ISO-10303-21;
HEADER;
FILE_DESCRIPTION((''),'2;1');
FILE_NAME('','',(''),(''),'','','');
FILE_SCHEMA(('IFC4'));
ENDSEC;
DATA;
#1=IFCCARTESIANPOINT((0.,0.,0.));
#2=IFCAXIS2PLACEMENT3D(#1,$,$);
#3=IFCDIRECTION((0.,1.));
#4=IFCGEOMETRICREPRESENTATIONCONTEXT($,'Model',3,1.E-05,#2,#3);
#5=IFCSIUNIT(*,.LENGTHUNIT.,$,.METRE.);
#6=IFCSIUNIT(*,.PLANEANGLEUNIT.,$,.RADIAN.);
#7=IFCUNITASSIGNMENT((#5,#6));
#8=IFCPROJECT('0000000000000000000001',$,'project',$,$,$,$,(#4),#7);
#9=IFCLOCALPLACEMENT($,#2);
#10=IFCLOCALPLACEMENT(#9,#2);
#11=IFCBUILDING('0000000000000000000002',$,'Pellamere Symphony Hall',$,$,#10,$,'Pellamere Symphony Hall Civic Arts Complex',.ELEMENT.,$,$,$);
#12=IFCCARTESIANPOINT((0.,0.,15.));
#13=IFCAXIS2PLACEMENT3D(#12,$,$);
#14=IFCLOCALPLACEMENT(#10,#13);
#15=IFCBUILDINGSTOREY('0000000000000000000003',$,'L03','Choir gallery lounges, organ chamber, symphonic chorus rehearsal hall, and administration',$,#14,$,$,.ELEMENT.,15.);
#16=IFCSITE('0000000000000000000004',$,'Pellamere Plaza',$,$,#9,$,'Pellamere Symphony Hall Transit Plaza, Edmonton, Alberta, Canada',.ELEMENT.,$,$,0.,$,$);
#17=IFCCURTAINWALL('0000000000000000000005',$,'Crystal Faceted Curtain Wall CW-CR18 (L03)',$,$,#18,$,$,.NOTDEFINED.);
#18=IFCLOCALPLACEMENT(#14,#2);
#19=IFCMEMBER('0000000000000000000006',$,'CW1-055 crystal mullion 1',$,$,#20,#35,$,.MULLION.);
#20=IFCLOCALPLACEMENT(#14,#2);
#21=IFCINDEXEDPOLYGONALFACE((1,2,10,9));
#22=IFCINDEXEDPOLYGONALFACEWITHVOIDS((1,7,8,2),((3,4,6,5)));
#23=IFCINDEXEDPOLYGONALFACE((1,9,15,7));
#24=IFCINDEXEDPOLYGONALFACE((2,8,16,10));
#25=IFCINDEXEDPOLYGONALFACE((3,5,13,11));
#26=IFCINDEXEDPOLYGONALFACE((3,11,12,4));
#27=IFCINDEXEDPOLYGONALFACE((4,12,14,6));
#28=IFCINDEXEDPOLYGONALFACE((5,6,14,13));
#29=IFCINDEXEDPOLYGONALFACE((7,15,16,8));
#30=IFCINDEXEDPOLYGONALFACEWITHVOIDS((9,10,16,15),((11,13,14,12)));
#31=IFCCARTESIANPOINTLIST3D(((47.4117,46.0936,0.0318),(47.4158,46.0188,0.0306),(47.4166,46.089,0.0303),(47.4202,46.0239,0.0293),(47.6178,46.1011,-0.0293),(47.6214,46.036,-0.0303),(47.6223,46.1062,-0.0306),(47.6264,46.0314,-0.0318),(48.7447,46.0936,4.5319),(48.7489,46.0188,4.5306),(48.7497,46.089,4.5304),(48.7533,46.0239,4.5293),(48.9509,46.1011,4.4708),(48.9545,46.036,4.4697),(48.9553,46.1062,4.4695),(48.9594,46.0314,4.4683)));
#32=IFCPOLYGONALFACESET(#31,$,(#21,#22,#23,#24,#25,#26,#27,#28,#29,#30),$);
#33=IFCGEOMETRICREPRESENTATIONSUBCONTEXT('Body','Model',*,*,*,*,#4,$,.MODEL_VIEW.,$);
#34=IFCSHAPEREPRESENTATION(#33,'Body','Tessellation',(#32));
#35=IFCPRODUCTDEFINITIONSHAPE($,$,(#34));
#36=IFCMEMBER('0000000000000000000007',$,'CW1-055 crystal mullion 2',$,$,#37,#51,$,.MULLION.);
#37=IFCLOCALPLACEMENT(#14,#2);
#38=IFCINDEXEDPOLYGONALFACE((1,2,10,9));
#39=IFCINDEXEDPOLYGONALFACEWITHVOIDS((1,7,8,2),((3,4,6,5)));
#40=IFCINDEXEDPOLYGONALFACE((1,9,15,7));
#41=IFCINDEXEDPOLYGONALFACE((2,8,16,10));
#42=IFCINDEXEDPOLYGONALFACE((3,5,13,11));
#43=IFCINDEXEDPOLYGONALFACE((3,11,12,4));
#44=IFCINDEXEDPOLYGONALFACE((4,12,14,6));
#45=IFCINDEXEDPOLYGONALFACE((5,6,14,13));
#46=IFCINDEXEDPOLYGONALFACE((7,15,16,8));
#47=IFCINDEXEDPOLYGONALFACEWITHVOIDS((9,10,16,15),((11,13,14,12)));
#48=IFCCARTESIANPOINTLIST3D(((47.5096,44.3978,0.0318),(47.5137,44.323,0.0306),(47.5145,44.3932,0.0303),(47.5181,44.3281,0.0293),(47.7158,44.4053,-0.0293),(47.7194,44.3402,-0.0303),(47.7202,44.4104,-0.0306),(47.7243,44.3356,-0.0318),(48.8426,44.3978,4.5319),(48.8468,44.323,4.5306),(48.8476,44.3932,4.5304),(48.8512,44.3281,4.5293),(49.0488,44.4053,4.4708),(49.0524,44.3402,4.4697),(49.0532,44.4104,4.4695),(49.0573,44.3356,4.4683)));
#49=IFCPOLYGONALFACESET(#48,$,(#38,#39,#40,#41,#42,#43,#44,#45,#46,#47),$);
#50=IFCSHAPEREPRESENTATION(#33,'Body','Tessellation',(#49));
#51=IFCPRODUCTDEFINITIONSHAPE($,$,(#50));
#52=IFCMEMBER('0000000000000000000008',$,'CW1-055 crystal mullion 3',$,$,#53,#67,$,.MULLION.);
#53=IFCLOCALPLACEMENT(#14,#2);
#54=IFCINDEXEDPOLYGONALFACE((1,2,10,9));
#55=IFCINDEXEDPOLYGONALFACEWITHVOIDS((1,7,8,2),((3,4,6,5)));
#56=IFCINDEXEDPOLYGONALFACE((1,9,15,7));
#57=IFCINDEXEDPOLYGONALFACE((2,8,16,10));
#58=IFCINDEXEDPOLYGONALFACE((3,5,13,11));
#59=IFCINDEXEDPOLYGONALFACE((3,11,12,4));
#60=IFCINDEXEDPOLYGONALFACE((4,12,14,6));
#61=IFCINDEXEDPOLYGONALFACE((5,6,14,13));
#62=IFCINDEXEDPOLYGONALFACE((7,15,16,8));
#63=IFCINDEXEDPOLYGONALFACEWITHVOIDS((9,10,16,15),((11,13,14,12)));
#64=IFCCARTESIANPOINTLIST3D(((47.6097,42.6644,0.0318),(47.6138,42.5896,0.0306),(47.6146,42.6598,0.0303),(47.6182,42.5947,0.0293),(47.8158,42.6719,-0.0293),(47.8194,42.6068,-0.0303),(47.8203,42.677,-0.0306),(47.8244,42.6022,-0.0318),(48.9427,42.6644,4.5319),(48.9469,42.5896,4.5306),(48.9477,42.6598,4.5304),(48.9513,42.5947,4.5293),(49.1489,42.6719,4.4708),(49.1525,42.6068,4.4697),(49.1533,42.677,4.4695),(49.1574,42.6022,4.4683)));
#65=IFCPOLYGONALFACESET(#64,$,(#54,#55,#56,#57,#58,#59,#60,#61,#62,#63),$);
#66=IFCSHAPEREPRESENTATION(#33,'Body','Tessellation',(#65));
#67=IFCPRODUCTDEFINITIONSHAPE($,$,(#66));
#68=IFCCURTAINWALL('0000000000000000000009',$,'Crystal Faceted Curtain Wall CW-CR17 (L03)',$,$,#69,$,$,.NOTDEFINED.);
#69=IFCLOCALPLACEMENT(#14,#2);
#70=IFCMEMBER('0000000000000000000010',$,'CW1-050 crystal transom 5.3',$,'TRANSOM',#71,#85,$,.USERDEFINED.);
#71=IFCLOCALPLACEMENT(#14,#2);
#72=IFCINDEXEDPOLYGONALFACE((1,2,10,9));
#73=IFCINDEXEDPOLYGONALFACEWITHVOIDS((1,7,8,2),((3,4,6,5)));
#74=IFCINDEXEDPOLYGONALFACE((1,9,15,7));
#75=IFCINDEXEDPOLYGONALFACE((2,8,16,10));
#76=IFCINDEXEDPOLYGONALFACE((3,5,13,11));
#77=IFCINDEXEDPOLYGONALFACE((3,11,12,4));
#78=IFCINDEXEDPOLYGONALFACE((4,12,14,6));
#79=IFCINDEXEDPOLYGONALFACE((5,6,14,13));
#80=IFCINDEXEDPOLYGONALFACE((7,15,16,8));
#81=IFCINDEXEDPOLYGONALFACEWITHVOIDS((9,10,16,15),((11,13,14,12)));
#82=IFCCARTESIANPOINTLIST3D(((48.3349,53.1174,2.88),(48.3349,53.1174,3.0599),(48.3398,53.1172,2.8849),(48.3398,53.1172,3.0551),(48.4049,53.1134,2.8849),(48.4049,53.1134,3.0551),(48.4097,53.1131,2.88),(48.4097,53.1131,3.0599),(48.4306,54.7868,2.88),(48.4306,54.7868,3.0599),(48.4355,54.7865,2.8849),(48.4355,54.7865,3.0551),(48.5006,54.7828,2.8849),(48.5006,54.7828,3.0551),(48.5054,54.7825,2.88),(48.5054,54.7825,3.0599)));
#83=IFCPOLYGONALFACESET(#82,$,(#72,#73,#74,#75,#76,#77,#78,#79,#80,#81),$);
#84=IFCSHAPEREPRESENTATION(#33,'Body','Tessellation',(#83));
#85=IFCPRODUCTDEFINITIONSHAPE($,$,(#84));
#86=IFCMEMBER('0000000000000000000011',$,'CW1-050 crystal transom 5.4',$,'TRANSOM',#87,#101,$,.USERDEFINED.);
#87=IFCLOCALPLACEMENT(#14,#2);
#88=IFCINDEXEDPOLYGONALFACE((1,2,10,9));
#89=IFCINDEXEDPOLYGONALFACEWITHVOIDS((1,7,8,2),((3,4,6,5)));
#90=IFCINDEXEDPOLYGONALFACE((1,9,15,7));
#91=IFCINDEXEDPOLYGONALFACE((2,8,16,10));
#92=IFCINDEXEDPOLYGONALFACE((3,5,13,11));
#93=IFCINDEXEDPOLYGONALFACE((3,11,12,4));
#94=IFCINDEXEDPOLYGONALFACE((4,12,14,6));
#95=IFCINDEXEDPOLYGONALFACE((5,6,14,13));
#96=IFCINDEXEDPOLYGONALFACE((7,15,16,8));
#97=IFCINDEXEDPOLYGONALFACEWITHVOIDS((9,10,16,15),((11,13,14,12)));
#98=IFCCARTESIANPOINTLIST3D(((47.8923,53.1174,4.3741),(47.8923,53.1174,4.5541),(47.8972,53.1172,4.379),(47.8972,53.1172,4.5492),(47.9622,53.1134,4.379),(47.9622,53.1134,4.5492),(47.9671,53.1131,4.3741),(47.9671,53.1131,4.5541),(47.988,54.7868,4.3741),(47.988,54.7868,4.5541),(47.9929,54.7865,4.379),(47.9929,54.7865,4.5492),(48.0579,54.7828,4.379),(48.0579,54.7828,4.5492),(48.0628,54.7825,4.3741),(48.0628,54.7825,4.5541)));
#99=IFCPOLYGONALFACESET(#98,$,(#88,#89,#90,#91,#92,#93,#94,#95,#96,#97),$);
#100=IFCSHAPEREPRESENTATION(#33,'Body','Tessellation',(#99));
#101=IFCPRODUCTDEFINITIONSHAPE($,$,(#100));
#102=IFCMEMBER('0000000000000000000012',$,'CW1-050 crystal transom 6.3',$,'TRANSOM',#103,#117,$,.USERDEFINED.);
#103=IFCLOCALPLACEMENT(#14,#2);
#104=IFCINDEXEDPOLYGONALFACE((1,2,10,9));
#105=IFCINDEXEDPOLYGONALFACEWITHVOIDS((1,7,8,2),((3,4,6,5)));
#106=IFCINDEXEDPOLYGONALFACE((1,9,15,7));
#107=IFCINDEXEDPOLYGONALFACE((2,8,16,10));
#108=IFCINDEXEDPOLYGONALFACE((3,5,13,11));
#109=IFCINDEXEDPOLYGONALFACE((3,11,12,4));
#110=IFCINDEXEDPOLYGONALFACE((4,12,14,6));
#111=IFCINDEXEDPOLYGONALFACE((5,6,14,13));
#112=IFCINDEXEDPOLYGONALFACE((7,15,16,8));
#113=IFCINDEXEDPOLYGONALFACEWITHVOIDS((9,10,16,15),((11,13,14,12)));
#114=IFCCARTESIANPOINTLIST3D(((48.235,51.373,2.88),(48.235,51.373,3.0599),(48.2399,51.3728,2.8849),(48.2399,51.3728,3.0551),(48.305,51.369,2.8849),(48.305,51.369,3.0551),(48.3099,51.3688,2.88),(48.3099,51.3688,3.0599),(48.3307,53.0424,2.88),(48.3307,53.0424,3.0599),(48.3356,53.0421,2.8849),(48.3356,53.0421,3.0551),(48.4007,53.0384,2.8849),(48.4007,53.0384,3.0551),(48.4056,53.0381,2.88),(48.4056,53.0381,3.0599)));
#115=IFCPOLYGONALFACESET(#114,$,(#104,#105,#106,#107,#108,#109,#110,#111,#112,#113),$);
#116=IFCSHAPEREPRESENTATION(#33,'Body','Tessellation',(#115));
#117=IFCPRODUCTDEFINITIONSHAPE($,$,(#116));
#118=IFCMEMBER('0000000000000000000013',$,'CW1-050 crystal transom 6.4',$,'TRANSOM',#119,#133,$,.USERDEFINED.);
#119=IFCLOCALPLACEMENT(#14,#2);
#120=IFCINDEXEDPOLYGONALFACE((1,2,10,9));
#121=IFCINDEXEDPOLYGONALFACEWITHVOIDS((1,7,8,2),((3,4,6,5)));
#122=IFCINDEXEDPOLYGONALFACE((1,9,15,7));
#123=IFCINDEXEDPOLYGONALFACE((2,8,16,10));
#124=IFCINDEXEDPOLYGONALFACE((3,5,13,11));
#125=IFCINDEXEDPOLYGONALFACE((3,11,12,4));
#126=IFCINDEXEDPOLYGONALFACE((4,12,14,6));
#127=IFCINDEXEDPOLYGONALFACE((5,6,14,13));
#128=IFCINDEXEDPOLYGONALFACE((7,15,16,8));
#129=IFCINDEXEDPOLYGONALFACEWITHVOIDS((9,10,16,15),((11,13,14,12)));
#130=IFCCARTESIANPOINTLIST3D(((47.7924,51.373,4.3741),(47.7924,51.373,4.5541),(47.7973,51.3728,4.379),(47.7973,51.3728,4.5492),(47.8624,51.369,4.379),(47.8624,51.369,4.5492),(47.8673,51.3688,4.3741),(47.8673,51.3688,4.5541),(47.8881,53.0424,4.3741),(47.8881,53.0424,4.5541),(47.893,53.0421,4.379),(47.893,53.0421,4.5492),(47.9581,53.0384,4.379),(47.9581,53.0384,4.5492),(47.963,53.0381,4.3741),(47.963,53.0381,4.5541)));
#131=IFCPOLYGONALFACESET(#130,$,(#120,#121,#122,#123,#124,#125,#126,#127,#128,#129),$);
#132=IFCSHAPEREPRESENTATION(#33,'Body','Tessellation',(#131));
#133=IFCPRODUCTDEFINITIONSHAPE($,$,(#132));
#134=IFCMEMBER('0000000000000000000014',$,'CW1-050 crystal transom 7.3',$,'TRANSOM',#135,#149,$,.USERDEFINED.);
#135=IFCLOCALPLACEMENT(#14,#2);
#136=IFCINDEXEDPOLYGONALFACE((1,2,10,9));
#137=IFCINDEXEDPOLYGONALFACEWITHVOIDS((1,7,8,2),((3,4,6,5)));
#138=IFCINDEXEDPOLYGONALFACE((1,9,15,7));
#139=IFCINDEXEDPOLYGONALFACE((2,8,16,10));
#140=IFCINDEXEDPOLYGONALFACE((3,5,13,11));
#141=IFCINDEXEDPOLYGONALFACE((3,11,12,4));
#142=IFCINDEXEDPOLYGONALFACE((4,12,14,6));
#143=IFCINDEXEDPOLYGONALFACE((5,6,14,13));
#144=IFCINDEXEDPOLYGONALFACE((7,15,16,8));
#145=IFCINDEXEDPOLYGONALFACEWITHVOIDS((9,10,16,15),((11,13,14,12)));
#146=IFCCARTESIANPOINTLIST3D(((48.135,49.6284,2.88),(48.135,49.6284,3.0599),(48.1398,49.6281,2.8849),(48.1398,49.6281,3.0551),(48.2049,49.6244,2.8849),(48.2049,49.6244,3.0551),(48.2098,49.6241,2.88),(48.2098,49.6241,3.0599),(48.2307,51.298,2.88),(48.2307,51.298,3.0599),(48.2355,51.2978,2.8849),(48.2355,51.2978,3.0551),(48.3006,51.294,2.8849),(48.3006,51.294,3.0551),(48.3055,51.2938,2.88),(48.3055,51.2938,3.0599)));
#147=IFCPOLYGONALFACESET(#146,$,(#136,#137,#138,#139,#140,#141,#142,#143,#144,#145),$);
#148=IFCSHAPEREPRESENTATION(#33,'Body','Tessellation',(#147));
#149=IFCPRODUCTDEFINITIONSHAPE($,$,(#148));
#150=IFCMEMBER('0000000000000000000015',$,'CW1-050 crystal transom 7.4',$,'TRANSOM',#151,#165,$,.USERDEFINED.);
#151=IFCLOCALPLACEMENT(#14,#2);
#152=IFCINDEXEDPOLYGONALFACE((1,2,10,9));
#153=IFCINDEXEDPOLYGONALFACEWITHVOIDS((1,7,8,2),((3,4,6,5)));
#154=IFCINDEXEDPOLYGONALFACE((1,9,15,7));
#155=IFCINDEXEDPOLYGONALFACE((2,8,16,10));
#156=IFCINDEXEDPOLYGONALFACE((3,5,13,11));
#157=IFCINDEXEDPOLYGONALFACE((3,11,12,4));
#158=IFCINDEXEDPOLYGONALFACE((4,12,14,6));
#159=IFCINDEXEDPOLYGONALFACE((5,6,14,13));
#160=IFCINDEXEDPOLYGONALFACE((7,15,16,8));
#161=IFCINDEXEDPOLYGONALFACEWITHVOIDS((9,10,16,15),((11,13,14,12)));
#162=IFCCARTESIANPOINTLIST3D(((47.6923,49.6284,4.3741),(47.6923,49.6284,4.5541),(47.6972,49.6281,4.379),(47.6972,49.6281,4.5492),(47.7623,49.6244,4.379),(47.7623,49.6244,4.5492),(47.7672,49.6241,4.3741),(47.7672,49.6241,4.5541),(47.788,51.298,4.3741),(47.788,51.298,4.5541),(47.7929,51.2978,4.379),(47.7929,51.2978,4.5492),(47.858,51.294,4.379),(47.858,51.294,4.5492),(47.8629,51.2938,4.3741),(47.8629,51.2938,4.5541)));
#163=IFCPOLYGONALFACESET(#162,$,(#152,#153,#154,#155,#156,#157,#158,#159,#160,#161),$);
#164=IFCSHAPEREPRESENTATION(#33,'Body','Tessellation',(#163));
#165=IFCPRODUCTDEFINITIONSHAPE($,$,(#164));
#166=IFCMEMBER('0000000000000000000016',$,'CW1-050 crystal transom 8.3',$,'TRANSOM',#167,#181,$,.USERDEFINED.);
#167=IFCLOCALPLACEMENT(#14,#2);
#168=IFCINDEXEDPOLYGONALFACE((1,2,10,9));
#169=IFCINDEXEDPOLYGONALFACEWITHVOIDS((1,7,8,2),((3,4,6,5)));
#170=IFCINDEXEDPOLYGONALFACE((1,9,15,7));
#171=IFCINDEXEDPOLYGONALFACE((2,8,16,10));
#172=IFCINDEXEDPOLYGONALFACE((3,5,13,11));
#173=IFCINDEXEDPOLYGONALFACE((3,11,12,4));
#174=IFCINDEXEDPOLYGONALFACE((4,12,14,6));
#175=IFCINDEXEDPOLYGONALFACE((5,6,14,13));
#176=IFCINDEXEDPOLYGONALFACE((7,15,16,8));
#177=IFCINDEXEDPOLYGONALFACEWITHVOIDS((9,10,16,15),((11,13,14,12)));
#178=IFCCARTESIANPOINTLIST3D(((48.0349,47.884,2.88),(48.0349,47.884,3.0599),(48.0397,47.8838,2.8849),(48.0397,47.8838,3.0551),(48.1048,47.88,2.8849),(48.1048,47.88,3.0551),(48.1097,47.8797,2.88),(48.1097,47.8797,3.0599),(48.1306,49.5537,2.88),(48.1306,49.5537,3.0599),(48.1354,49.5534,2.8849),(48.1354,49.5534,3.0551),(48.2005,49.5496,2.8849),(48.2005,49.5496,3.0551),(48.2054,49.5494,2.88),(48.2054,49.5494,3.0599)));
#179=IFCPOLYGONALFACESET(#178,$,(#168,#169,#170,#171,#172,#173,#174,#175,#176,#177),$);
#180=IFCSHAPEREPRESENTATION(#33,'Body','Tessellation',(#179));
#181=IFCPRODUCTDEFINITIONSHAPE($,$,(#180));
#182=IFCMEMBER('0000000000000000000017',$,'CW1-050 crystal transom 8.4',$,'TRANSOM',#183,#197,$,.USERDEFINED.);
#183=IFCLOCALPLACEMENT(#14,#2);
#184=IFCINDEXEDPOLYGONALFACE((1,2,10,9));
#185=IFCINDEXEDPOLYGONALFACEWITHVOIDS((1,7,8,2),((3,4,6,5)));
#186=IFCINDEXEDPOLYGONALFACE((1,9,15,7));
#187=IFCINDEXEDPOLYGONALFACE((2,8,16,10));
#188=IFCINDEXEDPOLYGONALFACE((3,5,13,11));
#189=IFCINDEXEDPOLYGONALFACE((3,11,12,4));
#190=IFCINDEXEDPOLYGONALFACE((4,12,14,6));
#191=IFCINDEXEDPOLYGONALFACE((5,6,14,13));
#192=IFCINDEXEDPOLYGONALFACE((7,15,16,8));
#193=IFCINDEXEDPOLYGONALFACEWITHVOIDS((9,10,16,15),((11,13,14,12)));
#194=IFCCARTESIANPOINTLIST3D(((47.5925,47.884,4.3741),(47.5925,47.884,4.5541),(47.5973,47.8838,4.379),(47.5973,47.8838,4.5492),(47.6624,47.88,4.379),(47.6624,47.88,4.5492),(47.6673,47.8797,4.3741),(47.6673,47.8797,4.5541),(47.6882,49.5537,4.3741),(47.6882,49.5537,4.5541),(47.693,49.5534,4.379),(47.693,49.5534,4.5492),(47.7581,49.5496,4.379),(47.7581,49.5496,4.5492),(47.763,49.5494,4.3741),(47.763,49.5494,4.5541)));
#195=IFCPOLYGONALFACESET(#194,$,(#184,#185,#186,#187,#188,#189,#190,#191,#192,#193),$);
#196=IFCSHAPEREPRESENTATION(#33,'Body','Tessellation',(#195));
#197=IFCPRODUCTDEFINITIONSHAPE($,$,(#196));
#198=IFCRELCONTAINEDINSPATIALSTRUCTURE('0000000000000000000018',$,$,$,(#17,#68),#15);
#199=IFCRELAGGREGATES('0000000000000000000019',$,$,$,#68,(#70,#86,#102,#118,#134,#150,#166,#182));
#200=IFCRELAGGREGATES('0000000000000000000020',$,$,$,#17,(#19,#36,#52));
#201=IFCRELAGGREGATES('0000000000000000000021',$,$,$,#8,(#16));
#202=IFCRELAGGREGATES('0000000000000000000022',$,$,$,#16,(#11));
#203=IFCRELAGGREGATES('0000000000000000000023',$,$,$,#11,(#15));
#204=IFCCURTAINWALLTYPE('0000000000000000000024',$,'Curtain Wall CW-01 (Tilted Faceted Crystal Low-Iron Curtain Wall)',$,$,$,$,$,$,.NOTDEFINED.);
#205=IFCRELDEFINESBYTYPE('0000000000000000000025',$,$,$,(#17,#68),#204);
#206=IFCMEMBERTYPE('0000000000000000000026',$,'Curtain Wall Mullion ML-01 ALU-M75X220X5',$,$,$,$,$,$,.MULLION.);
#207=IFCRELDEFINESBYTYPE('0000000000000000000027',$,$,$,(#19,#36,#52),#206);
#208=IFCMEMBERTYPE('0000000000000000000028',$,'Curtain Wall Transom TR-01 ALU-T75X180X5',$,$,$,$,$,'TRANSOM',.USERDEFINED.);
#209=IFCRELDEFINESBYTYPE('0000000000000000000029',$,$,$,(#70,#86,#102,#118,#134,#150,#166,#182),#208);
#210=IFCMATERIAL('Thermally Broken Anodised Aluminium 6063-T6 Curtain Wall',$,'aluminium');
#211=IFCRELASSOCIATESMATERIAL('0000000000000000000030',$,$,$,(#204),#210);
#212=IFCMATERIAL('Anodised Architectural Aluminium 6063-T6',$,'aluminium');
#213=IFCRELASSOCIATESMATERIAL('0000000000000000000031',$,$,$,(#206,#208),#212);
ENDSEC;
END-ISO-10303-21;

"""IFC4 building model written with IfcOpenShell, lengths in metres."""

from ifc_helpers import new_model, si_unit, direction, frame, origin, origin_2d, place, context, subcontext, project, spatial, hollow_rectangle, extrude, material, material_profile, profile_set, type_object, element, aggregate, save


model = new_model("IFC4")

# Units and contexts
model_context = context("Model", 3, precision=1e-05, world=origin(), true_north=direction((0.0, 1.0)))
body_context = subcontext(model_context, "Body", "Model", "MODEL_VIEW")
ifc_project = project(units=[si_unit("LENGTHUNIT", "METRE"), si_unit("PLANEANGLEUNIT", "RADIAN")], contexts=[model_context])

# Site, building, storey
site_placement = place(None, origin())
site = spatial("IfcSite", under=ifc_project, at=site_placement, Name="Pellamere Plaza", LongName="Pellamere Symphony Hall Transit Plaza, Edmonton, Alberta, Canada", CompositionType="ELEMENT", RefElevation=0.0)
building_placement = place(site_placement, origin())
building = spatial("IfcBuilding", under=site, at=building_placement, Name="Pellamere Symphony Hall", LongName="Pellamere Symphony Hall Civic Arts Complex", CompositionType="ELEMENT")
storey_placement = place(building_placement, frame((0.0, 0.0, 15.0)))
storey = spatial("IfcBuildingStorey", under=building, at=storey_placement, Name="L03", Description="Choir gallery lounges, organ chamber, symphonic chorus rehearsal hall, and administration", CompositionType="ELEMENT", Elevation=15.0)

# Curtain walls, members
ifc_material_1 = material(Name="Thermally Broken Anodised Aluminium 6063-T6 Curtain Wall", Category="aluminium")
curtain_wall_type = type_object("IfcCurtainWallType", Name="Curtain Wall CW-01 (Tilted Faceted Crystal Low-Iron Curtain Wall)", PredefinedType="NOTDEFINED", material=ifc_material_1)
curtain_wall_1_placement = place(storey_placement, origin())
curtain_wall_1 = element("IfcCurtainWall", 1, at=curtain_wall_1_placement, inside=storey, type_object=curtain_wall_type, Name="Crystal Faceted Curtain Wall CW-CR18 (L03)", PredefinedType="NOTDEFINED")
ifc_material_2 = material(Name="Anodised Architectural Aluminium 6063-T6", Category="aluminium")
ifc_material_profile_1 = material_profile(ifc_material_2, hollow_rectangle(XDim=0.075, YDim=0.22, WallThickness=0.0049, at=origin_2d()), Name="ALU-M75X220X5")
ifc_profile_set_1 = profile_set([ifc_material_profile_1], Name="Anodised Architectural Aluminium 6063-T6")
member_type_1 = type_object("IfcMemberType", Name="Curtain Wall Mullion ML-01 ALU-M75X220X5", PredefinedType="MULLION", material=ifc_profile_set_1)
member_1_placement = place(storey_placement, frame((47.519, 46.0625, 0.0), z_axis=(0.284025, 0.0, 0.958817), x_axis=(-0.055225, 0.99834, 0.016359)))
member_1 = element("IfcMember", 2, at=member_1_placement, type_object=member_type_1, Name="CW1-055 crystal mullion 1", PredefinedType="MULLION", context=body_context, shape_type="SweptSolid", body=[
    extrude(hollow_rectangle(XDim=0.075, YDim=0.22, WallThickness=0.0049, at=origin_2d()), origin(), (0.0, 0.0, 1.0), 4.6934),
])
member_2_placement = place(storey_placement, frame((47.6169, 44.3667, 0.0), z_axis=(0.284025, 0.0, 0.958817), x_axis=(-0.055225, 0.99834, 0.016359)))
member_2 = element("IfcMember", 3, at=member_2_placement, type_object=member_type_1, Name="CW1-055 crystal mullion 2", PredefinedType="MULLION", context=body_context, shape_type="SweptSolid", body=[
    extrude(hollow_rectangle(XDim=0.075, YDim=0.22, WallThickness=0.0049, at=origin_2d()), origin(), (0.0, 0.0, 1.0), 4.6934),
])
member_3_placement = place(storey_placement, frame((47.717, 42.6333, 0.0), z_axis=(0.284025, 0.0, 0.958817), x_axis=(-0.055225, 0.99834, 0.016359)))
member_3 = element("IfcMember", 4, at=member_3_placement, type_object=member_type_1, Name="CW1-055 crystal mullion 3", PredefinedType="MULLION", context=body_context, shape_type="SweptSolid", body=[
    extrude(hollow_rectangle(XDim=0.075, YDim=0.22, WallThickness=0.0049, at=origin_2d()), origin(), (0.0, 0.0, 1.0), 4.6934),
])
curtain_wall_2_placement = place(storey_placement, origin())
curtain_wall_2 = element("IfcCurtainWall", 5, at=curtain_wall_2_placement, inside=storey, type_object=curtain_wall_type, Name="Crystal Faceted Curtain Wall CW-CR17 (L03)", PredefinedType="NOTDEFINED")
ifc_material_profile_2 = material_profile(ifc_material_2, hollow_rectangle(XDim=0.075, YDim=0.1799, WallThickness=0.0049, at=origin_2d()), Name="ALU-T75X180X5")
ifc_profile_set_2 = profile_set([ifc_material_profile_2], Name="Anodised Architectural Aluminium 6063-T6")
member_type_2 = type_object("IfcMemberType", Name="Curtain Wall Transom TR-01 ALU-T75X180X5", ElementType="TRANSOM", PredefinedType="USERDEFINED", material=ifc_profile_set_2)
member_4_placement = place(storey_placement, frame((48.468, 54.7847, 2.97), z_axis=(-0.057233, -0.998361, 0.0), x_axis=(0.998361, -0.057233, 0.0)))
member_4 = element("IfcMember", 6, at=member_4_placement, type_object=member_type_2, Name="CW1-050 crystal transom 5.3", ObjectType="TRANSOM", PredefinedType="USERDEFINED", context=body_context, shape_type="SweptSolid", body=[
    extrude(hollow_rectangle(XDim=0.075, YDim=0.1799, WallThickness=0.0049, at=origin_2d()), origin(), (0.0, 0.0, 1.0), 1.6721),
])
member_5_placement = place(storey_placement, frame((48.0254, 54.7847, 4.4641), z_axis=(-0.057233, -0.998361, 0.0), x_axis=(0.998361, -0.057233, 0.0)))
member_5 = element("IfcMember", 7, at=member_5_placement, type_object=member_type_2, Name="CW1-050 crystal transom 5.4", ObjectType="TRANSOM", PredefinedType="USERDEFINED", context=body_context, shape_type="SweptSolid", body=[
    extrude(hollow_rectangle(XDim=0.075, YDim=0.1799, WallThickness=0.0049, at=origin_2d()), origin(), (0.0, 0.0, 1.0), 1.6721),
])
member_6_placement = place(storey_placement, frame((48.3682, 53.0403, 2.97), z_axis=(-0.057233, -0.998361, 0.0), x_axis=(0.998361, -0.057233, 0.0)))
member_6 = element("IfcMember", 8, at=member_6_placement, type_object=member_type_2, Name="CW1-050 crystal transom 6.3", ObjectType="TRANSOM", PredefinedType="USERDEFINED", context=body_context, shape_type="SweptSolid", body=[
    extrude(hollow_rectangle(XDim=0.075, YDim=0.1799, WallThickness=0.0049, at=origin_2d()), origin(), (0.0, 0.0, 1.0), 1.6721),
])
member_7_placement = place(storey_placement, frame((47.9255, 53.0403, 4.4641), z_axis=(-0.057233, -0.998361, 0.0), x_axis=(0.998361, -0.057233, 0.0)))
member_7 = element("IfcMember", 9, at=member_7_placement, type_object=member_type_2, Name="CW1-050 crystal transom 6.4", ObjectType="TRANSOM", PredefinedType="USERDEFINED", context=body_context, shape_type="SweptSolid", body=[
    extrude(hollow_rectangle(XDim=0.075, YDim=0.1799, WallThickness=0.0049, at=origin_2d()), origin(), (0.0, 0.0, 1.0), 1.6721),
])
member_8_placement = place(storey_placement, frame((48.2681, 51.2959, 2.97), z_axis=(-0.057224, -0.998361, 0.0), x_axis=(0.998361, -0.057224, 0.0)))
member_8 = element("IfcMember", 10, at=member_8_placement, type_object=member_type_2, Name="CW1-050 crystal transom 7.3", ObjectType="TRANSOM", PredefinedType="USERDEFINED", context=body_context, shape_type="SweptSolid", body=[
    extrude(hollow_rectangle(XDim=0.075, YDim=0.1799, WallThickness=0.0049, at=origin_2d()), origin(), (0.0, 0.0, 1.0), 1.6724),
])
member_9_placement = place(storey_placement, frame((47.8254, 51.2959, 4.4641), z_axis=(-0.057224, -0.998361, 0.0), x_axis=(0.998361, -0.057224, 0.0)))
member_9 = element("IfcMember", 11, at=member_9_placement, type_object=member_type_2, Name="CW1-050 crystal transom 7.4", ObjectType="TRANSOM", PredefinedType="USERDEFINED", context=body_context, shape_type="SweptSolid", body=[
    extrude(hollow_rectangle(XDim=0.075, YDim=0.1799, WallThickness=0.0049, at=origin_2d()), origin(), (0.0, 0.0, 1.0), 1.6724),
])
member_10_placement = place(storey_placement, frame((48.168, 49.5515, 2.97), z_axis=(-0.057224, -0.998361, 0.0), x_axis=(0.998361, -0.057224, 0.0)))
member_10 = element("IfcMember", 12, at=member_10_placement, type_object=member_type_2, Name="CW1-050 crystal transom 8.3", ObjectType="TRANSOM", PredefinedType="USERDEFINED", context=body_context, shape_type="SweptSolid", body=[
    extrude(hollow_rectangle(XDim=0.075, YDim=0.1799, WallThickness=0.0049, at=origin_2d()), origin(), (0.0, 0.0, 1.0), 1.6724),
])
member_11_placement = place(storey_placement, frame((47.7256, 49.5515, 4.4641), z_axis=(-0.057224, -0.998361, 0.0), x_axis=(0.998361, -0.057224, 0.0)))
member_11 = element("IfcMember", 13, at=member_11_placement, type_object=member_type_2, Name="CW1-050 crystal transom 8.4", ObjectType="TRANSOM", PredefinedType="USERDEFINED", context=body_context, shape_type="SweptSolid", body=[
    extrude(hollow_rectangle(XDim=0.075, YDim=0.1799, WallThickness=0.0049, at=origin_2d()), origin(), (0.0, 0.0, 1.0), 1.6724),
])

aggregate(curtain_wall_2, [member_4, member_5, member_6, member_7, member_8, member_9, member_10, member_11])
aggregate(curtain_wall_1, [member_1, member_2, member_3])

save(model, "model.ifc")
